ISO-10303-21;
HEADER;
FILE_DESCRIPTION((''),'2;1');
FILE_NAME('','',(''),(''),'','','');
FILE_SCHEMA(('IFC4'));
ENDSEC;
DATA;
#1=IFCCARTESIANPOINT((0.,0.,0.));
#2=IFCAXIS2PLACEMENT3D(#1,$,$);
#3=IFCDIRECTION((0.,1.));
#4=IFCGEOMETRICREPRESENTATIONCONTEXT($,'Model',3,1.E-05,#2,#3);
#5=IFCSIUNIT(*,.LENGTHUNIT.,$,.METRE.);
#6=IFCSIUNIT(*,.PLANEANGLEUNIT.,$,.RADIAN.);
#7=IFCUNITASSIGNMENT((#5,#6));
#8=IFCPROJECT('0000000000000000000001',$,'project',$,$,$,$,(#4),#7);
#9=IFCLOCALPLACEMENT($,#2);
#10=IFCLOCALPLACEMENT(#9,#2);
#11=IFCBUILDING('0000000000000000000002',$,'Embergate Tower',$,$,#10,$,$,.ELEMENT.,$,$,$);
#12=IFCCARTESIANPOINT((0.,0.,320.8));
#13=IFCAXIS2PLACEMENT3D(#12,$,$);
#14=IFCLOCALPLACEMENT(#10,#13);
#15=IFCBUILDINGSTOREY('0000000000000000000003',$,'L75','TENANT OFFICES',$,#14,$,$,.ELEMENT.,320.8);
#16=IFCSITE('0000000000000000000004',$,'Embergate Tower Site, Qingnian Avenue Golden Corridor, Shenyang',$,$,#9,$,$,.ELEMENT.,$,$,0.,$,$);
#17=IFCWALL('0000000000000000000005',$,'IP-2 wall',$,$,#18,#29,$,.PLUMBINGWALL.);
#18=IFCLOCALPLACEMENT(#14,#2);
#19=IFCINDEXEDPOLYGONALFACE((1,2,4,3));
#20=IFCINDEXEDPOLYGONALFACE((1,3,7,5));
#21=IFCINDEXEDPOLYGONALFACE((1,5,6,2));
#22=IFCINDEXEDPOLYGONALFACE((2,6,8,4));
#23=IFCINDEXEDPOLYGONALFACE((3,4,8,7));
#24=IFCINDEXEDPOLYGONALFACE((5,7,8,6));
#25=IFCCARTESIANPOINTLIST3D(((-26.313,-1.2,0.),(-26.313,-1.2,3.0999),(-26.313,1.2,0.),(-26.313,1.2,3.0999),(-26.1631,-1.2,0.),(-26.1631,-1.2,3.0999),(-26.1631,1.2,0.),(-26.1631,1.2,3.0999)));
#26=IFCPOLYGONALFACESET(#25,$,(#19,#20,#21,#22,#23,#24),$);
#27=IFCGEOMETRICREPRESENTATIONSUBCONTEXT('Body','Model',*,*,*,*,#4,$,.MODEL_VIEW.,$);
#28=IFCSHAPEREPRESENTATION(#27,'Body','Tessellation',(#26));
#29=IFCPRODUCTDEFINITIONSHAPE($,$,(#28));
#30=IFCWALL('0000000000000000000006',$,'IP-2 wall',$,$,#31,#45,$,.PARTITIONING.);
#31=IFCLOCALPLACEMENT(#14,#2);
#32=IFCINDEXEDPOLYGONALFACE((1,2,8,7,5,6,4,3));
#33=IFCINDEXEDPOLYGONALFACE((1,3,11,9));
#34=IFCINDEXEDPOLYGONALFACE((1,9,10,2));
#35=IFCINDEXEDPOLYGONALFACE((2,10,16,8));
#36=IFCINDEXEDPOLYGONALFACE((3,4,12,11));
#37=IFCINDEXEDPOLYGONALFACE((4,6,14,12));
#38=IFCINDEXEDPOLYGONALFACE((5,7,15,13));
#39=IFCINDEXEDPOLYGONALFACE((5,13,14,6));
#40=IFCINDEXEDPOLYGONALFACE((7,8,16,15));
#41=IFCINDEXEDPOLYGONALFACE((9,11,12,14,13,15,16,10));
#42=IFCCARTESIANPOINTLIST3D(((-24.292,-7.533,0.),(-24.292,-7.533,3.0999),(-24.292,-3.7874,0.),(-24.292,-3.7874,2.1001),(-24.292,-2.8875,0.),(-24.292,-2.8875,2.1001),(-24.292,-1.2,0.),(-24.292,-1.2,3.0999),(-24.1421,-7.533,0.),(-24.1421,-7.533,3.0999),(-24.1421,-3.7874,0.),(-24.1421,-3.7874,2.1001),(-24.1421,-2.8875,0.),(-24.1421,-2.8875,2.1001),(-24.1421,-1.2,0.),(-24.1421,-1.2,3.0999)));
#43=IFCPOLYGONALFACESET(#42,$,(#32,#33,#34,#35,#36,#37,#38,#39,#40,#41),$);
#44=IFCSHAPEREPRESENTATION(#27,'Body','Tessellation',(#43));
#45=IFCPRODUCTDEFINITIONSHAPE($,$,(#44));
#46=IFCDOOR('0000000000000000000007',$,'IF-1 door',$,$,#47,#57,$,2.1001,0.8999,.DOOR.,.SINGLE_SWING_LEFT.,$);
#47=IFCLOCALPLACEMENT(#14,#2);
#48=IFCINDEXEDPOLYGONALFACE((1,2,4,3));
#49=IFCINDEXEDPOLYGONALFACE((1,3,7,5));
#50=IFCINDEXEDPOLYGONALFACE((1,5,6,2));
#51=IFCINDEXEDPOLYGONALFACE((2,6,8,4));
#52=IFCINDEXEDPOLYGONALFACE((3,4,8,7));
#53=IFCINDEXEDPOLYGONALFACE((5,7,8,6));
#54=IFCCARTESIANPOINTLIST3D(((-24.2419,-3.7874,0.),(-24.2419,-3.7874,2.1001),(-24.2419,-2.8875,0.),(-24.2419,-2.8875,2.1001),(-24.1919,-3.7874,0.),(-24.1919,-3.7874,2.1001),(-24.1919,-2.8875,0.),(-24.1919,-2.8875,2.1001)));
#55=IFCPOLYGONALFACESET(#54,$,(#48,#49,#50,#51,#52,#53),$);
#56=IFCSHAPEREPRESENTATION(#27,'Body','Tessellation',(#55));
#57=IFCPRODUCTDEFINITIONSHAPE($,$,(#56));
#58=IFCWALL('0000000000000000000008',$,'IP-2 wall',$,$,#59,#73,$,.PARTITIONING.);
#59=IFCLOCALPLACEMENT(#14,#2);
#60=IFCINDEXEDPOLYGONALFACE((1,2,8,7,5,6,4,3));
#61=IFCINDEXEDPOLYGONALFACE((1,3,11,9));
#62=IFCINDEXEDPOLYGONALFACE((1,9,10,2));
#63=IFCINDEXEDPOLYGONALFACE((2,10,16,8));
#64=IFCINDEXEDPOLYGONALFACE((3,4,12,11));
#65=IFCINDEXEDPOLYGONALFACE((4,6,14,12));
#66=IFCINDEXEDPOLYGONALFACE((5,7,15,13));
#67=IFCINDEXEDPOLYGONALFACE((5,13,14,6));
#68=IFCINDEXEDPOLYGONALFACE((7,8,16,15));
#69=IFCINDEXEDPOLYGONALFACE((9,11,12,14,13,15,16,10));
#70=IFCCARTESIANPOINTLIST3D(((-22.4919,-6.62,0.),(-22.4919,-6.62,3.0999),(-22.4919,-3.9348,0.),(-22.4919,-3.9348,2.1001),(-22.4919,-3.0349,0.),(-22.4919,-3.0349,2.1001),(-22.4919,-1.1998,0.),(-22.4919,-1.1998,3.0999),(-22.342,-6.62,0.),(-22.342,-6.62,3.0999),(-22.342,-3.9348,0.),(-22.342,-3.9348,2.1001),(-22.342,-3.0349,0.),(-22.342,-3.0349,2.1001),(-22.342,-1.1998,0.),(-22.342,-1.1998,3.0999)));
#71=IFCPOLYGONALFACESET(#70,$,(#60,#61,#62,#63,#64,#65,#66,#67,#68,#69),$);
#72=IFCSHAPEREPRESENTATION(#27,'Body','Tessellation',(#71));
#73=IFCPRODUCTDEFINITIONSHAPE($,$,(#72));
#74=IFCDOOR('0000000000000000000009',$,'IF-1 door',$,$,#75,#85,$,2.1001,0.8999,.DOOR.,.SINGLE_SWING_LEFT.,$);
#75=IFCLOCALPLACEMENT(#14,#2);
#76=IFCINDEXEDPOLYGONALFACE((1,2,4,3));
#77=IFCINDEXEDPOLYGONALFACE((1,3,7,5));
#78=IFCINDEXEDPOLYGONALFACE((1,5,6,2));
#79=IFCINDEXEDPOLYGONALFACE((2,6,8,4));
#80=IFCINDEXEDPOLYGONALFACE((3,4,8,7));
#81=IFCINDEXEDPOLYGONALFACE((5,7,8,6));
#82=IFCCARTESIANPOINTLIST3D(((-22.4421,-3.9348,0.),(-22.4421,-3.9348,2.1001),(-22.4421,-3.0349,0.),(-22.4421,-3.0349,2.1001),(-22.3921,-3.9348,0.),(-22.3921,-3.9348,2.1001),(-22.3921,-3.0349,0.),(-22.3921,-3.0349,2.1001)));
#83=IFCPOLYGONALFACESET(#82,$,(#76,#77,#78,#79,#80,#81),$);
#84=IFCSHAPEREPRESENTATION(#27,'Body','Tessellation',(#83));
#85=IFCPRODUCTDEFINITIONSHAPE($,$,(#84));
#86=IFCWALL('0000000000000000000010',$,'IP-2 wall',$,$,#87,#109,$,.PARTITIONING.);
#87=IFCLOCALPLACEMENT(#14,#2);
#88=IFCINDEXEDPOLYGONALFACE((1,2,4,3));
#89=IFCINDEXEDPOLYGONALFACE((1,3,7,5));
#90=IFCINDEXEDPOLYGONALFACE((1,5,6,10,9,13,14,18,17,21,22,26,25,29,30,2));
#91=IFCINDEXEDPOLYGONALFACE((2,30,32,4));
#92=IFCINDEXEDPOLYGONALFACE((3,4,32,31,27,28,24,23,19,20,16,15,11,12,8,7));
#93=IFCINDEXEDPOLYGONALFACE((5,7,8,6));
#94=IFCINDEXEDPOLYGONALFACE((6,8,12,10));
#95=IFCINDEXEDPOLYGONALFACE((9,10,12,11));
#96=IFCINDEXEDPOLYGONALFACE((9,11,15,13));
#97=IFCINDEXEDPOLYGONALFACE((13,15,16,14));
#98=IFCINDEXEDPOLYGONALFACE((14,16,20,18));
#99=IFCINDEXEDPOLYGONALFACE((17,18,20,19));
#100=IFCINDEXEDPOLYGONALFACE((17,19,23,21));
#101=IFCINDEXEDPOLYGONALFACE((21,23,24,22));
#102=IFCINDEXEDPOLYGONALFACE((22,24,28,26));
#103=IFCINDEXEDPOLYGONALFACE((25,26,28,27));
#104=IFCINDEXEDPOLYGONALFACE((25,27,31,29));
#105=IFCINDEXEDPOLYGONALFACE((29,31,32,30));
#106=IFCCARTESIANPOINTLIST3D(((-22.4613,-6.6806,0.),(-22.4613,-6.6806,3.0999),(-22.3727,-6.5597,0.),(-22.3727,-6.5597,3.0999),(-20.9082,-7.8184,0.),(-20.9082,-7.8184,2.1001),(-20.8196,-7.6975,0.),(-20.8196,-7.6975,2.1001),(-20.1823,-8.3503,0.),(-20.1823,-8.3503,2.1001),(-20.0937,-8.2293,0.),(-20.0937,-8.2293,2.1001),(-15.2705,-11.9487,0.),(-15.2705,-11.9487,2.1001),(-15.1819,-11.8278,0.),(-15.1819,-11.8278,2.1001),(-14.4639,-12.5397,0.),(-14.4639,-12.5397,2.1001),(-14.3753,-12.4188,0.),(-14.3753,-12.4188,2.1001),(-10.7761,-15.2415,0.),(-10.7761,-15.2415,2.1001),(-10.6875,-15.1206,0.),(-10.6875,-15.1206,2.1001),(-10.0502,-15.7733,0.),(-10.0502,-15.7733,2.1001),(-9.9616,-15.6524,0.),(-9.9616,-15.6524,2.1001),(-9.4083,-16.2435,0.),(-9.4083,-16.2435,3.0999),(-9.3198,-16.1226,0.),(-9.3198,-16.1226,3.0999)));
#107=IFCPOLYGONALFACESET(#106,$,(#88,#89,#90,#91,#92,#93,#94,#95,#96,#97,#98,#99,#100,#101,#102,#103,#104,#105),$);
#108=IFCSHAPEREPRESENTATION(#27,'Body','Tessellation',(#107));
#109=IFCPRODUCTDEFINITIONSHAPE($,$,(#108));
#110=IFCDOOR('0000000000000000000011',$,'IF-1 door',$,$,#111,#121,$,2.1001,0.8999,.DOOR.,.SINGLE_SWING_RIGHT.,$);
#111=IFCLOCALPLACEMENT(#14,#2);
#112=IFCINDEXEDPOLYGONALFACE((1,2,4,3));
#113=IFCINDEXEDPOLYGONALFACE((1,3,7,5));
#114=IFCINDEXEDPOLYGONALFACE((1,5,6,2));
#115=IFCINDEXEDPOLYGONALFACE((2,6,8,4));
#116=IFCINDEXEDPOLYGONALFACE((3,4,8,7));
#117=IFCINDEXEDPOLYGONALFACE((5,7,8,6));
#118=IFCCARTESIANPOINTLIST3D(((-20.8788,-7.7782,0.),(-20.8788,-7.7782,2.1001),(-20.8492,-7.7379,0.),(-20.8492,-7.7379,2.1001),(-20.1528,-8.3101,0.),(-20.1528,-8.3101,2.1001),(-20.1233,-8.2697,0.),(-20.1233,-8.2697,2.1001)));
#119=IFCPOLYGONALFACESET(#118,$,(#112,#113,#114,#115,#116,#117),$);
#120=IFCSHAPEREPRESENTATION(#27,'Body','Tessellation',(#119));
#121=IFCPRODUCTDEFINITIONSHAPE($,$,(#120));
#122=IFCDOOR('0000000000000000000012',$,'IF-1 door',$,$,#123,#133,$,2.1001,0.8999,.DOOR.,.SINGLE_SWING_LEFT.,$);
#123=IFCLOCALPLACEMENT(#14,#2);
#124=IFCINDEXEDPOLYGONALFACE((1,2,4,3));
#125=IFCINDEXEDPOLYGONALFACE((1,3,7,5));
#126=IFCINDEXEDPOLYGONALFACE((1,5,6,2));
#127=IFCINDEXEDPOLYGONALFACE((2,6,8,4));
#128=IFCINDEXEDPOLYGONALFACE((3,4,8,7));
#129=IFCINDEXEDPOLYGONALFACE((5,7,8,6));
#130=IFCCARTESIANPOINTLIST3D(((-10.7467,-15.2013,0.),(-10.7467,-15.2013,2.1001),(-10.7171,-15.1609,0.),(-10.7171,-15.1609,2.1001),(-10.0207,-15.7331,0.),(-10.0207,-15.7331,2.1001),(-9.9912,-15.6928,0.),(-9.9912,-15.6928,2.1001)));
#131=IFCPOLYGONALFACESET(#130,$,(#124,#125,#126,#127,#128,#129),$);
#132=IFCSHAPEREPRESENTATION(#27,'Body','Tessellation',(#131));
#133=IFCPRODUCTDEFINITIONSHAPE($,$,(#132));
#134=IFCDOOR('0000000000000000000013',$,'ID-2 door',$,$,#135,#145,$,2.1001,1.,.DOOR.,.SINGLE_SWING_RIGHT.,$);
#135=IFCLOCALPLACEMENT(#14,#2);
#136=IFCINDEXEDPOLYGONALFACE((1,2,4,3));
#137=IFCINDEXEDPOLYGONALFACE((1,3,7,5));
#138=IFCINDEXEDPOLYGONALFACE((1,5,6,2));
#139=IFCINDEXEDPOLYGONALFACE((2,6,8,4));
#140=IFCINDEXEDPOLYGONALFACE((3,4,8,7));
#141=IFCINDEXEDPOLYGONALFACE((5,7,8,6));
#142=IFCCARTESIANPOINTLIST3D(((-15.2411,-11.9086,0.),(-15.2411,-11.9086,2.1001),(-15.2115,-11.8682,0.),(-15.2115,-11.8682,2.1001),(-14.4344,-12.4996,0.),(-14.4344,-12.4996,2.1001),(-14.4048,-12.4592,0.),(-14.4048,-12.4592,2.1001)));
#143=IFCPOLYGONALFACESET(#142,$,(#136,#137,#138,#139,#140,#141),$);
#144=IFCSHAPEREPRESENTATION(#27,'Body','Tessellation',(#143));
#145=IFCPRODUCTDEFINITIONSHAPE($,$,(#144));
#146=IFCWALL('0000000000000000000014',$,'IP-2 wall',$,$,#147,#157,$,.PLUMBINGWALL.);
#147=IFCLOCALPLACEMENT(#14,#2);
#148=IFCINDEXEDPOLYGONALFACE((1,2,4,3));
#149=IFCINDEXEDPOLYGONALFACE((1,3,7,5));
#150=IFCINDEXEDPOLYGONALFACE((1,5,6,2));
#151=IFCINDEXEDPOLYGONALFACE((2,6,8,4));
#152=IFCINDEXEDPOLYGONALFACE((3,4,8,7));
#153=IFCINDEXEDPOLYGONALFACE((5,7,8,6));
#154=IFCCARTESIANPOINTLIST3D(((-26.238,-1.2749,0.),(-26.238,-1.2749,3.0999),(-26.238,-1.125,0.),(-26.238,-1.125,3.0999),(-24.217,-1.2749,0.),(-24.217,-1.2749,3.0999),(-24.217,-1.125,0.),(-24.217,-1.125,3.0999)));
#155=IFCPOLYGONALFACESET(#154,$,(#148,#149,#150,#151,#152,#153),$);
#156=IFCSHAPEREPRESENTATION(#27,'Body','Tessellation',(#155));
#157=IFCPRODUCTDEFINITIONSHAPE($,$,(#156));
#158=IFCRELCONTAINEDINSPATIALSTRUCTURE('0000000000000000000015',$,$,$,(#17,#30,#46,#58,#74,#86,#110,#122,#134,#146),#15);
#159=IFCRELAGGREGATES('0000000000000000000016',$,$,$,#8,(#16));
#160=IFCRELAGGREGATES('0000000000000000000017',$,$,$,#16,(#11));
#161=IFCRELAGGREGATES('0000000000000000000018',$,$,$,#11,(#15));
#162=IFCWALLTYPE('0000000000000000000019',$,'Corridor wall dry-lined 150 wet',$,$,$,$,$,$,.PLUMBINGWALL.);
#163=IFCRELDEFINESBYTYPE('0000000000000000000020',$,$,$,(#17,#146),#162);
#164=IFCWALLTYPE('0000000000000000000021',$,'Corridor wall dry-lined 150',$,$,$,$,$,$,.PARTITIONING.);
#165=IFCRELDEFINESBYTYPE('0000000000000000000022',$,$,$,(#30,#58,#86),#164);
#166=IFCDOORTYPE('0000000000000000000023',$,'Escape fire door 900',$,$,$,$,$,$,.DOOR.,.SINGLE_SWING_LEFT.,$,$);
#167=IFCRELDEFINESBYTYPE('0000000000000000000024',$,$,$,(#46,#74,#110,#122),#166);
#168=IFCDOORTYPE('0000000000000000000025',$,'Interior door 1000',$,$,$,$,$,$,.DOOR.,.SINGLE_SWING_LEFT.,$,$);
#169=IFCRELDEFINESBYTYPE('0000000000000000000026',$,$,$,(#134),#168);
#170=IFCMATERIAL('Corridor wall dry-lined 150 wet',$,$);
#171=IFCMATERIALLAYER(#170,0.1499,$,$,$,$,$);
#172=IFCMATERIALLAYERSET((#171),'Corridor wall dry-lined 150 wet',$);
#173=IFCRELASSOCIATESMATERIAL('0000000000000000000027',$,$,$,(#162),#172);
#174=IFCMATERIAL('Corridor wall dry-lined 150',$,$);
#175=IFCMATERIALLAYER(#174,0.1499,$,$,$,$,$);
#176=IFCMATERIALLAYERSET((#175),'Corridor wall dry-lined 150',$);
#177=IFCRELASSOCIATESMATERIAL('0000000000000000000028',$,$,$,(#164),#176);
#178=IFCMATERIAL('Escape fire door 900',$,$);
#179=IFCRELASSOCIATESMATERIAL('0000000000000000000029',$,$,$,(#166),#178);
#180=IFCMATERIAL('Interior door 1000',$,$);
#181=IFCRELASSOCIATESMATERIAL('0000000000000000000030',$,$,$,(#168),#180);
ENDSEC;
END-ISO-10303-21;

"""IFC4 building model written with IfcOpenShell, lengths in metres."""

from ifc_helpers import new_model, si_unit, direction, frame, frame_2d, origin, place, context, subcontext, project, spatial, rectangle, extrude, source, transform, mapped, material, layer, layer_set, type_object, element, fill, save


model = new_model("IFC4")

# Units and contexts
model_context = context("Model", 3, precision=1e-05, world=origin(), true_north=direction((0.0, 1.0)))
body_context = subcontext(model_context, "Body", "Model", "MODEL_VIEW")
ifc_project = project(units=[si_unit("LENGTHUNIT", "METRE"), si_unit("PLANEANGLEUNIT", "RADIAN")], contexts=[model_context])

# Site, building, storey
site_placement = place(None, origin())
site = spatial("IfcSite", under=ifc_project, at=site_placement, Name="Embergate Tower Site, Qingnian Avenue Golden Corridor, Shenyang", CompositionType="ELEMENT", RefElevation=0.0)
building_placement = place(site_placement, origin())
building = spatial("IfcBuilding", under=site, at=building_placement, Name="Embergate Tower", CompositionType="ELEMENT")
storey_placement = place(building_placement, frame((0.0, 0.0, 320.8)))
storey = spatial("IfcBuildingStorey", under=building, at=storey_placement, Name="L75", Description="TENANT OFFICES", CompositionType="ELEMENT", Elevation=320.8)

# Wall
ifc_material_1 = material(Name="Corridor wall dry-lined 150 wet")
ifc_layer_1 = layer(ifc_material_1, 0.1499)
ifc_layer_set_1 = layer_set([ifc_layer_1], Name="Corridor wall dry-lined 150 wet")
wall_type_1 = type_object("IfcWallType", Name="Corridor wall dry-lined 150 wet", PredefinedType="PLUMBINGWALL", material=ifc_layer_set_1)
shared_shape_1 = source(origin(), body_context, "Body", "SweptSolid", [
    extrude(rectangle(XDim=2.3999, YDim=0.1499, at=frame_2d((1.2, 0.0))), origin(), (0.0, 0.0, 1.0), 3.0999),
])
wall_1_placement = place(storey_placement, frame((-26.238, -1.2, 0.0), z_axis=(0.0, 0.0, 1.0), x_axis=(0.0, 1.0, 0.0)))
element("IfcWall", 1, at=wall_1_placement, inside=storey, type_object=wall_type_1, Name="IP-2 wall", PredefinedType="PLUMBINGWALL", context=body_context, shape_type="MappedRepresentation", body=[
    mapped(shared_shape_1, transform((0.0, 0.0, 0.0))),
])

# Walls, openings, doors
ifc_material_2 = material(Name="Corridor wall dry-lined 150")
ifc_layer_2 = layer(ifc_material_2, 0.1499)
ifc_layer_set_2 = layer_set([ifc_layer_2], Name="Corridor wall dry-lined 150")
wall_type_2 = type_object("IfcWallType", Name="Corridor wall dry-lined 150", PredefinedType="PARTITIONING", material=ifc_layer_set_2)
shared_shape_2 = source(origin(), body_context, "Body", "SweptSolid", [
    extrude(rectangle(XDim=6.333, YDim=0.1499, at=frame_2d((3.1665, 0.0))), origin(), (0.0, 0.0, 1.0), 3.0999),
])
wall_2_placement = place(storey_placement, frame((-24.217, -7.533, 0.0), z_axis=(0.0, 0.0, 1.0), x_axis=(0.0, 1.0, 0.0)))
wall_2 = element("IfcWall", 2, at=wall_2_placement, inside=storey, type_object=wall_type_2, Name="IP-2 wall", PredefinedType="PARTITIONING", context=body_context, shape_type="MappedRepresentation", body=[
    mapped(shared_shape_2, transform((0.0, 0.0, 0.0))),
])
shared_shape_3 = source(origin(), body_context, "Body", "SweptSolid", [
    extrude(rectangle(XDim=0.8999, YDim=2.1001, at=frame_2d((0.45, 1.05))), frame((0.0, 0.085, 0.0), z_axis=(0.0, -1.0, 0.0), x_axis=(1.0, 0.0, 0.0)), (0.0, 0.0, 1.0), 0.1699),
])
opening_1_placement = place(wall_2_placement, frame((3.7456, 0.0, 0.0)))
opening_1 = element("IfcOpeningElement", 3, at=opening_1_placement, cuts=wall_2, PredefinedType="OPENING", context=body_context, shape_type="MappedRepresentation", body=[
    mapped(shared_shape_3, transform((0.0, 0.0, 0.0))),
])
ifc_material_3 = material(Name="Escape fire door 900")
door_type_1 = type_object("IfcDoorType", Name="Escape fire door 900", OperationType="SINGLE_SWING_LEFT", PredefinedType="DOOR", material=ifc_material_3)
shared_shape_4 = source(origin(), body_context, "Body", "SweptSolid", [
    extrude(rectangle(XDim=0.8999, YDim=2.1001, at=frame_2d((0.45, 1.05))), frame((0.0, 0.0249, 0.0), z_axis=(0.0, -1.0, 0.0), x_axis=(1.0, 0.0, 0.0)), (0.0, 0.0, 1.0), 0.05),
])
door_1_placement = place(opening_1_placement, origin())
door_1 = element("IfcDoor", 4, at=door_1_placement, inside=storey, type_object=door_type_1, Name="IF-1 door", OperationType="SINGLE_SWING_LEFT", OverallHeight=2.1001, OverallWidth=0.8999, PredefinedType="DOOR", context=body_context, shape_type="MappedRepresentation", body=[
    mapped(shared_shape_4, transform((0.0, 0.0, 0.0))),
])
fill(opening_1, door_1)
shared_shape_5 = source(origin(), body_context, "Body", "SweptSolid", [
    extrude(rectangle(XDim=5.4202, YDim=0.1499, at=frame_2d((2.71, 0.0))), origin(), (0.0, 0.0, 1.0), 3.0999),
])
wall_3_placement = place(storey_placement, frame((-22.417, -1.2, 0.0), z_axis=(0.0, 0.0, 1.0), x_axis=(0.0, -1.0, 0.0)))
wall_3 = element("IfcWall", 5, at=wall_3_placement, inside=storey, type_object=wall_type_2, Name="IP-2 wall", PredefinedType="PARTITIONING", context=body_context, shape_type="MappedRepresentation", body=[
    mapped(shared_shape_5, transform((0.0, 0.0, 0.0))),
])
opening_2_placement = place(wall_3_placement, frame((1.835, 0.0, 0.0)))
opening_2 = element("IfcOpeningElement", 6, at=opening_2_placement, cuts=wall_3, PredefinedType="OPENING", context=body_context, shape_type="MappedRepresentation", body=[
    mapped(shared_shape_3, transform((0.0, 0.0, 0.0))),
])
door_2_placement = place(opening_2_placement, origin())
door_2 = element("IfcDoor", 7, at=door_2_placement, inside=storey, type_object=door_type_1, Name="IF-1 door", OperationType="SINGLE_SWING_LEFT", OverallHeight=2.1001, OverallWidth=0.8999, PredefinedType="DOOR", context=body_context, shape_type="MappedRepresentation", body=[
    mapped(shared_shape_4, transform((0.0, 0.0, 0.0))),
])
fill(opening_2, door_2)

# Wall, openings, doors
shared_shape_6 = source(origin(), body_context, "Body", "SweptSolid", [
    extrude(rectangle(XDim=16.1812, YDim=0.1499, at=frame_2d((8.0906, 0.0))), origin(), (0.0, 0.0, 1.0), 3.0999),
])
wall_4_placement = place(storey_placement, frame((-22.417, -6.6201, 0.0), z_axis=(0.0, 0.0, 1.0), x_axis=(0.806676, -0.590994, 0.0)))
wall_4 = element("IfcWall", 8, at=wall_4_placement, inside=storey, type_object=wall_type_2, Name="IP-2 wall", PredefinedType="PARTITIONING", context=body_context, shape_type="MappedRepresentation", body=[
    mapped(shared_shape_6, transform((0.0, 0.0, 0.0))),
])
opening_3_placement = place(wall_4_placement, frame((1.9253, 0.0, 0.0)))
opening_3 = element("IfcOpeningElement", 9, at=opening_3_placement, cuts=wall_4, PredefinedType="OPENING", context=body_context, shape_type="MappedRepresentation", body=[
    mapped(shared_shape_3, transform((0.0, 0.0, 0.0))),
])
shared_shape_7 = source(origin(), body_context, "Body", "SweptSolid", [
    extrude(rectangle(XDim=1.0, YDim=2.1001, at=frame_2d((0.5, 1.05))), frame((0.0, 0.085, 0.0), z_axis=(0.0, -1.0, 0.0), x_axis=(1.0, 0.0, 0.0)), (0.0, 0.0, 1.0), 0.1699),
])
opening_4_placement = place(wall_4_placement, frame((8.9141, 0.0, 0.0)))
opening_4 = element("IfcOpeningElement", 10, at=opening_4_placement, cuts=wall_4, PredefinedType="OPENING", context=body_context, shape_type="MappedRepresentation", body=[
    mapped(shared_shape_7, transform((0.0, 0.0, 0.0))),
])
opening_5_placement = place(wall_4_placement, frame((14.4856, 0.0, 0.0)))
opening_5 = element("IfcOpeningElement", 11, at=opening_5_placement, cuts=wall_4, PredefinedType="OPENING", context=body_context, shape_type="MappedRepresentation", body=[
    mapped(shared_shape_3, transform((0.0, 0.0, 0.0))),
])
door_3_placement = place(opening_3_placement, origin())
door_3 = element("IfcDoor", 12, at=door_3_placement, inside=storey, type_object=door_type_1, Name="IF-1 door", OperationType="SINGLE_SWING_RIGHT", OverallHeight=2.1001, OverallWidth=0.8999, PredefinedType="DOOR", context=body_context, shape_type="MappedRepresentation", body=[
    mapped(shared_shape_4, transform((0.0, 0.0, 0.0))),
])
fill(opening_3, door_3)
door_4_placement = place(opening_5_placement, origin())
door_4 = element("IfcDoor", 13, at=door_4_placement, inside=storey, type_object=door_type_1, Name="IF-1 door", OperationType="SINGLE_SWING_LEFT", OverallHeight=2.1001, OverallWidth=0.8999, PredefinedType="DOOR", context=body_context, shape_type="MappedRepresentation", body=[
    mapped(shared_shape_4, transform((0.0, 0.0, 0.0))),
])
fill(opening_5, door_4)
ifc_material_4 = material(Name="Interior door 1000")
door_type_2 = type_object("IfcDoorType", Name="Interior door 1000", OperationType="SINGLE_SWING_LEFT", PredefinedType="DOOR", material=ifc_material_4)
shared_shape_8 = source(origin(), body_context, "Body", "SweptSolid", [
    extrude(rectangle(XDim=1.0, YDim=2.1001, at=frame_2d((0.5, 1.05))), frame((0.0, 0.0249, 0.0), z_axis=(0.0, -1.0, 0.0), x_axis=(1.0, 0.0, 0.0)), (0.0, 0.0, 1.0), 0.05),
])
door_5_placement = place(opening_4_placement, origin())
door_5 = element("IfcDoor", 14, at=door_5_placement, inside=storey, type_object=door_type_2, Name="ID-2 door", OperationType="SINGLE_SWING_RIGHT", OverallHeight=2.1001, OverallWidth=1.0, PredefinedType="DOOR", context=body_context, shape_type="MappedRepresentation", body=[
    mapped(shared_shape_8, transform((0.0, 0.0, 0.0))),
])
fill(opening_4, door_5)

# Wall
shared_shape_9 = source(origin(), body_context, "Body", "SweptSolid", [
    extrude(rectangle(XDim=2.021, YDim=0.1499, at=frame_2d((1.0105, 0.0))), origin(), (0.0, 0.0, 1.0), 3.0999),
])
wall_5_placement = place(storey_placement, frame((-24.217, -1.2, 0.0), z_axis=(0.0, 0.0, 1.0), x_axis=(-1.0, 0.0, 0.0)))
element("IfcWall", 15, at=wall_5_placement, inside=storey, type_object=wall_type_1, Name="IP-2 wall", PredefinedType="PLUMBINGWALL", context=body_context, shape_type="MappedRepresentation", body=[
    mapped(shared_shape_9, transform((0.0, 0.0, 0.0))),
])

save(model, "model.ifc")
